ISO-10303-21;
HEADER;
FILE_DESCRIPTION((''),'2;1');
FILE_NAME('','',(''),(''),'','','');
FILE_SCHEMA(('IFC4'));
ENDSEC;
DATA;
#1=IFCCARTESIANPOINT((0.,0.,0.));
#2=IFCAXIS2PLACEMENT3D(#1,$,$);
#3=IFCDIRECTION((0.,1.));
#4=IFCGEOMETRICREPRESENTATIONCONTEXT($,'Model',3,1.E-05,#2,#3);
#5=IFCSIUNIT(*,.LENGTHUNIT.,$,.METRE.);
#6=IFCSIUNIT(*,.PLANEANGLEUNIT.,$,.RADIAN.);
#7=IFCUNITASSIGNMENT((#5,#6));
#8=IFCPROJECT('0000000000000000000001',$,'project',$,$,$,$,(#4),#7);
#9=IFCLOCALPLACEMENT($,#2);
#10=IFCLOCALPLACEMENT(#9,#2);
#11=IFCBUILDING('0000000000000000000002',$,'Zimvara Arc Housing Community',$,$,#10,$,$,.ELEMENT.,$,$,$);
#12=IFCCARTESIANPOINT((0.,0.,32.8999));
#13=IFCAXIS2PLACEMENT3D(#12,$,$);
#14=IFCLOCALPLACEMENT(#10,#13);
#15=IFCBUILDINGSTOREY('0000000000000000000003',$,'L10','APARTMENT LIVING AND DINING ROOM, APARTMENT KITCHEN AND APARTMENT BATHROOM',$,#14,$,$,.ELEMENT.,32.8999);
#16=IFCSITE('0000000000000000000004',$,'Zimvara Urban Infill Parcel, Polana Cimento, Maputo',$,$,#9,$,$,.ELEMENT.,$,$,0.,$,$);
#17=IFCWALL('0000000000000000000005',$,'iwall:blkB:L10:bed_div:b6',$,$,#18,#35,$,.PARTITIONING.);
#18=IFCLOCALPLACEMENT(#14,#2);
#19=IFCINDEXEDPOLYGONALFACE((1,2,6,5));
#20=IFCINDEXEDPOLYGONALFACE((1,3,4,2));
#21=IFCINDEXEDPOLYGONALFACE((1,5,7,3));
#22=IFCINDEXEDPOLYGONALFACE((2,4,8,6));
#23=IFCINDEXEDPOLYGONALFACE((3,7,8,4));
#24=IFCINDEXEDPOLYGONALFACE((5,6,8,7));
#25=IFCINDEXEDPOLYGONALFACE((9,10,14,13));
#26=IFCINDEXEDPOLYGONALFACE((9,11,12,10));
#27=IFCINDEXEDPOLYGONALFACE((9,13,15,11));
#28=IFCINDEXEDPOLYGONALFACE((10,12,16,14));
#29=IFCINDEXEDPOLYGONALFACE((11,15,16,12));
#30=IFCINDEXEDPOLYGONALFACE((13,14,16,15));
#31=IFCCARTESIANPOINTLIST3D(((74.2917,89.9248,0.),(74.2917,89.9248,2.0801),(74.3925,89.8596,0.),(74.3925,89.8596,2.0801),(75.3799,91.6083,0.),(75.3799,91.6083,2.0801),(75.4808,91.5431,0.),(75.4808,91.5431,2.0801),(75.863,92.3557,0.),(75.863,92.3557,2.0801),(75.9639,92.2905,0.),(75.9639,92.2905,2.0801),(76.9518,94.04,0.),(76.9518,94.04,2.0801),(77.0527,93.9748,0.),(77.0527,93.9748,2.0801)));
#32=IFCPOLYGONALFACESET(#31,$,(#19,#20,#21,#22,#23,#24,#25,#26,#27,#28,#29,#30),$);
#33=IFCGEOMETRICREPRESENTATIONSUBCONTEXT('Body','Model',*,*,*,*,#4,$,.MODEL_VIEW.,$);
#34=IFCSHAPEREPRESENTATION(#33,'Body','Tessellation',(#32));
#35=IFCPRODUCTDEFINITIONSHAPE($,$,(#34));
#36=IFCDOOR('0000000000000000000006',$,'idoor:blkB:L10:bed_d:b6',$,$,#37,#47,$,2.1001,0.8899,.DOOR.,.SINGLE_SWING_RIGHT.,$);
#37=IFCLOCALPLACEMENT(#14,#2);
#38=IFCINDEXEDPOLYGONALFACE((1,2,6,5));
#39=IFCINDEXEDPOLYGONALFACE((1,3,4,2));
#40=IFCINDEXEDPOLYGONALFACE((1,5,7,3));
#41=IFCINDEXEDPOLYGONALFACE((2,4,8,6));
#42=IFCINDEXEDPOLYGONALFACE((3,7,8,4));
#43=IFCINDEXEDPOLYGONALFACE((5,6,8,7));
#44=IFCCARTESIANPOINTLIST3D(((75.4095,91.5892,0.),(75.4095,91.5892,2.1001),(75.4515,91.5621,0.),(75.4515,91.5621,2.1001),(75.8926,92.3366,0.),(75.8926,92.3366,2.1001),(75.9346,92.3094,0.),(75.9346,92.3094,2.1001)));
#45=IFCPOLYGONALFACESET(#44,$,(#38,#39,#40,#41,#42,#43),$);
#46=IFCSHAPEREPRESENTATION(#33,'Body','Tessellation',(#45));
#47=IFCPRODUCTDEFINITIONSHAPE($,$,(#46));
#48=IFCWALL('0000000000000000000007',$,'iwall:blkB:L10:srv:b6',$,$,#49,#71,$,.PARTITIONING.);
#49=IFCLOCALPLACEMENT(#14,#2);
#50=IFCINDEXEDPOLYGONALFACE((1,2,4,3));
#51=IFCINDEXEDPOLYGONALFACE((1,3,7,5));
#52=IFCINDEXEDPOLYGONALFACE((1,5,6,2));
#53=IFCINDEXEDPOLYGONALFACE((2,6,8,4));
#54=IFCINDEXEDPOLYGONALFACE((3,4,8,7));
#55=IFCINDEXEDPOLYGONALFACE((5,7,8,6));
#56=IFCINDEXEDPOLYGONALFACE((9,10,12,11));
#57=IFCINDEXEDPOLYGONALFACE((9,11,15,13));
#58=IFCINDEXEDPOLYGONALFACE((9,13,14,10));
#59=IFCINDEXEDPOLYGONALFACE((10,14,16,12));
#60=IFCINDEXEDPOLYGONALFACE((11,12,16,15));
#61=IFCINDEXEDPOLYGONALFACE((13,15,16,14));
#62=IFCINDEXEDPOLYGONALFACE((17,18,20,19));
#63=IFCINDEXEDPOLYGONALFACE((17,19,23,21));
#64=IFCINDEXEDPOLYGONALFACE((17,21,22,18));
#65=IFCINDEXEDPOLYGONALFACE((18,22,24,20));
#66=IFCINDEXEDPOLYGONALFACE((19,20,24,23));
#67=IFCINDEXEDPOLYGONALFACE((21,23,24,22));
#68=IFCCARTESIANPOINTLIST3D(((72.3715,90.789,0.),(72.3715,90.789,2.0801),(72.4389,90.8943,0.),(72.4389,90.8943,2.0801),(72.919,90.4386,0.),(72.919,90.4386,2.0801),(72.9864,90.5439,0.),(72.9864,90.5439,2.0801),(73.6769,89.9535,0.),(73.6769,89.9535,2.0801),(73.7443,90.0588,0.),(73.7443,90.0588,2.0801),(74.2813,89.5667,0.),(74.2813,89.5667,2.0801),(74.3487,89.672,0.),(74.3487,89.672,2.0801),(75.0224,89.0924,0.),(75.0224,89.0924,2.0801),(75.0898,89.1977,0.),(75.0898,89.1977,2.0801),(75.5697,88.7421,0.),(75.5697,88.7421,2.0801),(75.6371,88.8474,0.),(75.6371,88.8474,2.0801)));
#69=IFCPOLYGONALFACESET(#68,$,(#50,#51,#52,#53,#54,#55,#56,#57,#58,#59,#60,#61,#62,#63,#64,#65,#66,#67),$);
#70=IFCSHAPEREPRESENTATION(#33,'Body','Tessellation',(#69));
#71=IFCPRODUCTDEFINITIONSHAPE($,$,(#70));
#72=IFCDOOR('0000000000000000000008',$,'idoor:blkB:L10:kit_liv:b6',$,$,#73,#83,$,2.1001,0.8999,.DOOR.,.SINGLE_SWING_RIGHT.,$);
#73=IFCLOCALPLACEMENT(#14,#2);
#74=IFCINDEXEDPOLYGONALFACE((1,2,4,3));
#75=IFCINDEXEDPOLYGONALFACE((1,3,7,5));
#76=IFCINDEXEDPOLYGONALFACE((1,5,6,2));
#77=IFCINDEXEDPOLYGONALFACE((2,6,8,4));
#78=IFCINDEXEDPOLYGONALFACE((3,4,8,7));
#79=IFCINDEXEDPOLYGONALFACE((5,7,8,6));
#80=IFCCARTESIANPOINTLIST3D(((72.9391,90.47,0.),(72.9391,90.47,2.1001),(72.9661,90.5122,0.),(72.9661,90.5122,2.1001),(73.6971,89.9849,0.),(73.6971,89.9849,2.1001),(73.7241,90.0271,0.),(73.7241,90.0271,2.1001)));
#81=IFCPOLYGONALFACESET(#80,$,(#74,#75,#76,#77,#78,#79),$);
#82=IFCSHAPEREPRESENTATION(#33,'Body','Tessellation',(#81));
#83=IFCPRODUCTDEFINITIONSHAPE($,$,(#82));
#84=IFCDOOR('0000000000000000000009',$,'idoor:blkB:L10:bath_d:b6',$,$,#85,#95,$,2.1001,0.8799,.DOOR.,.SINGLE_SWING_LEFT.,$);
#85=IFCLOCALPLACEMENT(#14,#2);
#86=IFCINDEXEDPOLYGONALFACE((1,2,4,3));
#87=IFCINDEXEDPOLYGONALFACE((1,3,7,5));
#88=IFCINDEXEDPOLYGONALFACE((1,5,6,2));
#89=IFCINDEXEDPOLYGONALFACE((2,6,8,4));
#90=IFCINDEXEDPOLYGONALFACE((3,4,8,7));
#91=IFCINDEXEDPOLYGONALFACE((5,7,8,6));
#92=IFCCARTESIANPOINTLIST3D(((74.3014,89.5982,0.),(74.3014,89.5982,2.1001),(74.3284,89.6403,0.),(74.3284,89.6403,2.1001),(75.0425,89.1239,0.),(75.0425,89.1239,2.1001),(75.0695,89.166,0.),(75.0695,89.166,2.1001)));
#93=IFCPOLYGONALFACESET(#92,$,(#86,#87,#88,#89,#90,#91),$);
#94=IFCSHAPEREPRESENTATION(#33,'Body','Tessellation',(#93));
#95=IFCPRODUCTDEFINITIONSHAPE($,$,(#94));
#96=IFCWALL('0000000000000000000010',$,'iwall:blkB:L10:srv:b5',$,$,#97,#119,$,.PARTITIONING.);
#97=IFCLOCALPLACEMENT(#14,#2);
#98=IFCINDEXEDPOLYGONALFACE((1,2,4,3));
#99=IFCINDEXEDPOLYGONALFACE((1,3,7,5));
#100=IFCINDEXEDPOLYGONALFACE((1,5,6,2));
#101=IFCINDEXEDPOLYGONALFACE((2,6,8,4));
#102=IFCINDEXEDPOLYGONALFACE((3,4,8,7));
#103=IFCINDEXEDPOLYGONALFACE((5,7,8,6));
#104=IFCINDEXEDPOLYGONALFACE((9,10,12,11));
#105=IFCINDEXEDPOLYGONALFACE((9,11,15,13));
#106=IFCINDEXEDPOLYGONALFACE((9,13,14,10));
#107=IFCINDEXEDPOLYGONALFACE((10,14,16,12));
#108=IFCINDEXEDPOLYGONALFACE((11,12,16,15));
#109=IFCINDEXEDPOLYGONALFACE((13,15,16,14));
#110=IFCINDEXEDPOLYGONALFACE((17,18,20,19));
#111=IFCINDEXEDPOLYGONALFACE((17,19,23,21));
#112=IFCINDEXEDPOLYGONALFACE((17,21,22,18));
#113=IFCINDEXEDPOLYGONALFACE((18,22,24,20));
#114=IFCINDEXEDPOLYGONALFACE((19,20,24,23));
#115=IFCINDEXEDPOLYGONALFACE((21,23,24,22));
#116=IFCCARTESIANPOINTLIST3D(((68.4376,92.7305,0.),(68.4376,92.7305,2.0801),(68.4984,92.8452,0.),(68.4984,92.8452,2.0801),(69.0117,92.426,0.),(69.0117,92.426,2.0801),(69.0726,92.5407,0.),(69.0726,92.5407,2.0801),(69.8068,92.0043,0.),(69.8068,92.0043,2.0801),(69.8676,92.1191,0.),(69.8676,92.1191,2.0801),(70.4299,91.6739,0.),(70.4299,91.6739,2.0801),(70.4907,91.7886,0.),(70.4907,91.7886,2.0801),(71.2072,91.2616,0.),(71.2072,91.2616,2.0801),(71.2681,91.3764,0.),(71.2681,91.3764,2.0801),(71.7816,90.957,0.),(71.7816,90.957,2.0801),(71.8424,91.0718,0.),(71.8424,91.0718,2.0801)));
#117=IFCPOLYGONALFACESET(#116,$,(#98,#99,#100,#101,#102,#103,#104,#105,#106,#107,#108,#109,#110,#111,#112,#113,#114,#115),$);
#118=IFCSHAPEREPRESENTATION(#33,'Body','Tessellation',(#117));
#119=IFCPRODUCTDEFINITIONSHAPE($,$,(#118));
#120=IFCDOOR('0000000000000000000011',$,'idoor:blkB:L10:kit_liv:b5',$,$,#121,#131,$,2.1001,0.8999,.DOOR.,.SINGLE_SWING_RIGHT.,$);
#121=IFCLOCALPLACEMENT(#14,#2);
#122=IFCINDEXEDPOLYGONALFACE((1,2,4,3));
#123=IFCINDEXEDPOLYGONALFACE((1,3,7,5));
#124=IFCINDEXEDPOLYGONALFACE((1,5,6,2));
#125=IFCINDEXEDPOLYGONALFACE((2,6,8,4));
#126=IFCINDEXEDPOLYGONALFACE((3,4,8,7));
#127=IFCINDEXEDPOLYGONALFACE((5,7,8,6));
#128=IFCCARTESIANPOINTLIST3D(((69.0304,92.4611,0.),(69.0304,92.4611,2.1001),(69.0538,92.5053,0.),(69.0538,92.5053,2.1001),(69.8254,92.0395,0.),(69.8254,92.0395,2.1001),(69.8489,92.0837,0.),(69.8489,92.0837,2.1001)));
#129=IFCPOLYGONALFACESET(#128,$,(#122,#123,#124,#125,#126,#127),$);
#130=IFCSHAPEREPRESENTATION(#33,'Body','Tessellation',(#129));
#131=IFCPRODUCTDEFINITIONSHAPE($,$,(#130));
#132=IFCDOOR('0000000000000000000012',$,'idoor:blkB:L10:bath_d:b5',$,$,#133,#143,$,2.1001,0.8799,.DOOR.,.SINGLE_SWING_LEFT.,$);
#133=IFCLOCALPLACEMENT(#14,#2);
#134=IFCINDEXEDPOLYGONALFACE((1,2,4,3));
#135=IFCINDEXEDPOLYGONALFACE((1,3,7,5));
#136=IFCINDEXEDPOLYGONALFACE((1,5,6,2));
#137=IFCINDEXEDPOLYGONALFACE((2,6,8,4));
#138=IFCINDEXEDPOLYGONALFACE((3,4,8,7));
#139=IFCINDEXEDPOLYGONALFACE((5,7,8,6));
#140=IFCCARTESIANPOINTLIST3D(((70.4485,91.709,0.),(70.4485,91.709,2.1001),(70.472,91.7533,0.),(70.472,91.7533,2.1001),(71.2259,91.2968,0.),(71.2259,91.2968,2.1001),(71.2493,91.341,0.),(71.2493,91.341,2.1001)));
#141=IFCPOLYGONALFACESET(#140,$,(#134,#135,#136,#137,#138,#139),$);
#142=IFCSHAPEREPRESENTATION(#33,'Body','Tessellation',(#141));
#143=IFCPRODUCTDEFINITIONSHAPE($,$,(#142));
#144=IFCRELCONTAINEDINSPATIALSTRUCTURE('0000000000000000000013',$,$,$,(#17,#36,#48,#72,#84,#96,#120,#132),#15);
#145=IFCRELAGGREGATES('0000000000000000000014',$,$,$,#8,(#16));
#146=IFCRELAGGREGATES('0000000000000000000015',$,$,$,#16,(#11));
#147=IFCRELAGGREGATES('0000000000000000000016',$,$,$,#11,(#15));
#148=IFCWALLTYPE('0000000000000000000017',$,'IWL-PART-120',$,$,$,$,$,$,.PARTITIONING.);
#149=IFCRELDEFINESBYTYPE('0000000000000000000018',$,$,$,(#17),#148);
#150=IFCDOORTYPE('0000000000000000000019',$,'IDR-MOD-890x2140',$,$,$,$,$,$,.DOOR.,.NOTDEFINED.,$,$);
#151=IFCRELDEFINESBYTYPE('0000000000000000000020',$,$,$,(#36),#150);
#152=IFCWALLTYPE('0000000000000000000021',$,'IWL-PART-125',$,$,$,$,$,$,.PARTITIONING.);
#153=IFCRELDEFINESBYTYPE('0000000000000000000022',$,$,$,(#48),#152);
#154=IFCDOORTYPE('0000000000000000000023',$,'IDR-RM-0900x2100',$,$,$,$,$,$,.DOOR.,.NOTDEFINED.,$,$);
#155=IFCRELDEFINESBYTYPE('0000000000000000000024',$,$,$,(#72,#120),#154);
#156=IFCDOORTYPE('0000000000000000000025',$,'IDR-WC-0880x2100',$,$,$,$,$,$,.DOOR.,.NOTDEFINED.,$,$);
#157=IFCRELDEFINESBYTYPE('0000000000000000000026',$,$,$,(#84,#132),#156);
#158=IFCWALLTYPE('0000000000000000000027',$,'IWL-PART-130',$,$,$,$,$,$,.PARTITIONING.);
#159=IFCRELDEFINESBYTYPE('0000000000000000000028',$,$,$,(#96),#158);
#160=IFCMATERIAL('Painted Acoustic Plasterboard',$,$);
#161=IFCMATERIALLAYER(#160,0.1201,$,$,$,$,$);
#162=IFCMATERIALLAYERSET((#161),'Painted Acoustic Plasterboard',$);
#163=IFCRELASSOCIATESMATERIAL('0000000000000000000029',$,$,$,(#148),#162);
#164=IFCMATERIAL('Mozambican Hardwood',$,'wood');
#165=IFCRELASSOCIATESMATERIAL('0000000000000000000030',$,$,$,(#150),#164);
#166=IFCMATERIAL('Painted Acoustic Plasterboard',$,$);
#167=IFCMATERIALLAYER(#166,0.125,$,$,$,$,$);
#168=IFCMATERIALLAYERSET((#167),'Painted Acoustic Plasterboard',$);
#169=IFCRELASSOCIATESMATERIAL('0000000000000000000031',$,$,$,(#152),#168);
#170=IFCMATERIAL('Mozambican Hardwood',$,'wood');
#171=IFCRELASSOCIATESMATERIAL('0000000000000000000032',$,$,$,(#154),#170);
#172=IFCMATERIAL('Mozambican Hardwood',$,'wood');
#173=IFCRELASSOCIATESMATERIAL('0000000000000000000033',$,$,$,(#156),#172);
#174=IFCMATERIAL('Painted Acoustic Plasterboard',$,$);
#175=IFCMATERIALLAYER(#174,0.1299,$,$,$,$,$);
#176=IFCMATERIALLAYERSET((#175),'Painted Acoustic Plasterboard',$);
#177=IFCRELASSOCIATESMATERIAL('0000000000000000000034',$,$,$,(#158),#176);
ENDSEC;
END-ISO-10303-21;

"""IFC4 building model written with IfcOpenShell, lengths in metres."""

from ifc_helpers import new_model, si_unit, direction, frame, frame_2d, origin, place, context, subcontext, project, spatial, rectangle, extrude, material, layer, layer_set, type_object, element, fill, save


model = new_model("IFC4")

# Units and contexts
model_context = context("Model", 3, precision=1e-05, world=origin(), true_north=direction((0.0, 1.0)))
body_context = subcontext(model_context, "Body", "Model", "MODEL_VIEW")
ifc_project = project(units=[si_unit("LENGTHUNIT", "METRE"), si_unit("PLANEANGLEUNIT", "RADIAN")], contexts=[model_context])

# Site, building, storey
site_placement = place(None, origin())
site = spatial("IfcSite", under=ifc_project, at=site_placement, Name="Zimvara Urban Infill Parcel, Polana Cimento, Maputo", CompositionType="ELEMENT", RefElevation=0.0)
building_placement = place(site_placement, origin())
building = spatial("IfcBuilding", under=site, at=building_placement, Name="Zimvara Arc Housing Community", CompositionType="ELEMENT")
storey_placement = place(building_placement, frame((0.0, 0.0, 32.8999)))
storey = spatial("IfcBuildingStorey", under=building, at=storey_placement, Name="L10", Description="APARTMENT LIVING AND DINING ROOM, APARTMENT KITCHEN AND APARTMENT BATHROOM", CompositionType="ELEMENT", Elevation=32.8999)

# Wall, opening, door
ifc_material_1 = material(Name="Painted Acoustic Plasterboard")
ifc_layer_1 = layer(ifc_material_1, 0.1201)
ifc_layer_set_1 = layer_set([ifc_layer_1], Name="Painted Acoustic Plasterboard")
wall_type_1 = type_object("IfcWallType", Name="IWL-PART-120", PredefinedType="PARTITIONING", material=ifc_layer_set_1)
wall_1_placement = place(storey_placement, frame((74.342, 89.8921, 0.0), z_axis=(0.0, 0.0, 1.0), x_axis=(0.542871, 0.839816, 0.0)))
wall_1 = element("IfcWall", 1, at=wall_1_placement, inside=storey, type_object=wall_type_1, Name="iwall:blkB:L10:bed_div:b6", PredefinedType="PARTITIONING", context=body_context, shape_type="SweptSolid", body=[
    extrude(rectangle(XDim=4.9001, YDim=0.1201, at=frame_2d((2.4502, 0.0))), origin(), (0.0, 0.0, 1.0), 2.0801),
])
opening_1_placement = place(wall_1_placement, frame((2.0049, 0.0, 0.0)))
opening_1 = element("IfcOpeningElement", 2, at=opening_1_placement, cuts=wall_1, PredefinedType="OPENING", context=body_context, shape_type="SweptSolid", body=[
    extrude(rectangle(XDim=0.8899, YDim=2.1001, at=frame_2d((0.4448, 1.05))), frame((0.0, 0.0701, 0.0), z_axis=(0.0, -1.0, 0.0), x_axis=(1.0, 0.0, 0.0)), (0.0, 0.0, 1.0), 0.1401),
])
ifc_material_2 = material(Name="Mozambican Hardwood", Category="wood")
door_type_1 = type_object("IfcDoorType", Name="IDR-MOD-890x2140", OperationType="NOTDEFINED", PredefinedType="DOOR", material=ifc_material_2)
door_1_placement = place(opening_1_placement, origin())
door_1 = element("IfcDoor", 3, at=door_1_placement, inside=storey, type_object=door_type_1, Name="idoor:blkB:L10:bed_d:b6", OperationType="SINGLE_SWING_RIGHT", OverallHeight=2.1001, OverallWidth=0.8899, PredefinedType="DOOR", context=body_context, shape_type="SweptSolid", body=[
    extrude(rectangle(XDim=0.8899, YDim=2.1001, at=frame_2d((0.4448, 1.05))), frame((0.0, 0.0249, 0.0), z_axis=(0.0, -1.0, 0.0), x_axis=(1.0, 0.0, 0.0)), (0.0, 0.0, 1.0), 0.05),
])
fill(opening_1, door_1)

# Walls, openings, doors
ifc_material_3 = material(Name="Painted Acoustic Plasterboard")
ifc_layer_2 = layer(ifc_material_3, 0.125)
ifc_layer_set_2 = layer_set([ifc_layer_2], Name="Painted Acoustic Plasterboard")
wall_type_2 = type_object("IfcWallType", Name="IWL-PART-125", PredefinedType="PARTITIONING", material=ifc_layer_set_2)
wall_2_placement = place(storey_placement, frame((72.4053, 90.8416, 0.0), z_axis=(0.0, 0.0, 1.0), x_axis=(0.842271, -0.539054, 0.0)))
wall_2 = element("IfcWall", 4, at=wall_2_placement, inside=storey, type_object=wall_type_2, Name="iwall:blkB:L10:srv:b6", PredefinedType="PARTITIONING", context=body_context, shape_type="SweptSolid", body=[
    extrude(rectangle(XDim=3.7971, YDim=0.125, at=frame_2d((1.8984, 0.0))), origin(), (0.0, 0.0, 1.0), 2.0801),
])
opening_2_placement = place(wall_2_placement, frame((0.6499, 0.0, 0.0)))
opening_2 = element("IfcOpeningElement", 5, at=opening_2_placement, cuts=wall_2, PredefinedType="OPENING", context=body_context, shape_type="SweptSolid", body=[
    extrude(rectangle(XDim=0.8999, YDim=2.1001, at=frame_2d((0.45, 1.05))), frame((0.0, 0.0725, 0.0), z_axis=(0.0, -1.0, 0.0), x_axis=(1.0, 0.0, 0.0)), (0.0, 0.0, 1.0), 0.145),
])
opening_3_placement = place(wall_2_placement, frame((2.2673, 0.0, 0.0)))
opening_3 = element("IfcOpeningElement", 6, at=opening_3_placement, cuts=wall_2, PredefinedType="OPENING", context=body_context, shape_type="SweptSolid", body=[
    extrude(rectangle(XDim=0.8799, YDim=2.1001, at=frame_2d((0.4399, 1.05))), frame((0.0, 0.0725, 0.0), z_axis=(0.0, -1.0, 0.0), x_axis=(1.0, 0.0, 0.0)), (0.0, 0.0, 1.0), 0.145),
])
ifc_material_4 = material(Name="Mozambican Hardwood", Category="wood")
door_type_2 = type_object("IfcDoorType", Name="IDR-RM-0900x2100", OperationType="NOTDEFINED", PredefinedType="DOOR", material=ifc_material_4)
door_2_placement = place(opening_2_placement, origin())
door_2 = element("IfcDoor", 7, at=door_2_placement, inside=storey, type_object=door_type_2, Name="idoor:blkB:L10:kit_liv:b6", OperationType="SINGLE_SWING_RIGHT", OverallHeight=2.1001, OverallWidth=0.8999, PredefinedType="DOOR", context=body_context, shape_type="SweptSolid", body=[
    extrude(rectangle(XDim=0.8999, YDim=2.1001, at=frame_2d((0.45, 1.05))), frame((0.0, 0.0249, 0.0), z_axis=(0.0, -1.0, 0.0), x_axis=(1.0, 0.0, 0.0)), (0.0, 0.0, 1.0), 0.05),
])
fill(opening_2, door_2)
ifc_material_5 = material(Name="Mozambican Hardwood", Category="wood")
door_type_3 = type_object("IfcDoorType", Name="IDR-WC-0880x2100", OperationType="NOTDEFINED", PredefinedType="DOOR", material=ifc_material_5)
door_3_placement = place(opening_3_placement, origin())
door_3 = element("IfcDoor", 8, at=door_3_placement, inside=storey, type_object=door_type_3, Name="idoor:blkB:L10:bath_d:b6", OperationType="SINGLE_SWING_LEFT", OverallHeight=2.1001, OverallWidth=0.8799, PredefinedType="DOOR", context=body_context, shape_type="SweptSolid", body=[
    extrude(rectangle(XDim=0.8799, YDim=2.1001, at=frame_2d((0.4399, 1.05))), frame((0.0, 0.0249, 0.0), z_axis=(0.0, -1.0, 0.0), x_axis=(1.0, 0.0, 0.0)), (0.0, 0.0, 1.0), 0.05),
])
fill(opening_3, door_3)
ifc_material_6 = material(Name="Painted Acoustic Plasterboard")
ifc_layer_3 = layer(ifc_material_6, 0.1299)
ifc_layer_set_3 = layer_set([ifc_layer_3], Name="Painted Acoustic Plasterboard")
wall_type_3 = type_object("IfcWallType", Name="IWL-PART-130", PredefinedType="PARTITIONING", material=ifc_layer_set_3)
wall_3_placement = place(storey_placement, frame((68.468, 92.7878, 0.0), z_axis=(0.0, 0.0, 1.0), x_axis=(0.88345, -0.468525, 0.0)))
wall_3 = element("IfcWall", 9, at=wall_3_placement, inside=storey, type_object=wall_type_3, Name="iwall:blkB:L10:srv:b5", PredefinedType="PARTITIONING", context=body_context, shape_type="SweptSolid", body=[
    extrude(rectangle(XDim=3.7852, YDim=0.1299, at=frame_2d((1.8926, 0.0))), origin(), (0.0, 0.0, 1.0), 2.0801),
])
opening_4_placement = place(wall_3_placement, frame((0.6499, 0.0, 0.0)))
opening_4 = element("IfcOpeningElement", 10, at=opening_4_placement, cuts=wall_3, PredefinedType="OPENING", context=body_context, shape_type="SweptSolid", body=[
    extrude(rectangle(XDim=0.8999, YDim=2.1001, at=frame_2d((0.45, 1.05))), frame((0.0, 0.075, 0.0), z_axis=(0.0, -1.0, 0.0), x_axis=(1.0, 0.0, 0.0)), (0.0, 0.0, 1.0), 0.1499),
])
opening_5_placement = place(wall_3_placement, frame((2.2551, 0.0, 0.0)))
opening_5 = element("IfcOpeningElement", 11, at=opening_5_placement, cuts=wall_3, PredefinedType="OPENING", context=body_context, shape_type="SweptSolid", body=[
    extrude(rectangle(XDim=0.8799, YDim=2.1001, at=frame_2d((0.4399, 1.05))), frame((0.0, 0.075, 0.0), z_axis=(0.0, -1.0, 0.0), x_axis=(1.0, 0.0, 0.0)), (0.0, 0.0, 1.0), 0.1499),
])
door_4_placement = place(opening_4_placement, origin())
door_4 = element("IfcDoor", 12, at=door_4_placement, inside=storey, type_object=door_type_2, Name="idoor:blkB:L10:kit_liv:b5", OperationType="SINGLE_SWING_RIGHT", OverallHeight=2.1001, OverallWidth=0.8999, PredefinedType="DOOR", context=body_context, shape_type="SweptSolid", body=[
    extrude(rectangle(XDim=0.8999, YDim=2.1001, at=frame_2d((0.45, 1.05))), frame((0.0, 0.0249, 0.0), z_axis=(0.0, -1.0, 0.0), x_axis=(1.0, 0.0, 0.0)), (0.0, 0.0, 1.0), 0.05),
])
fill(opening_4, door_4)
door_5_placement = place(opening_5_placement, origin())
door_5 = element("IfcDoor", 13, at=door_5_placement, inside=storey, type_object=door_type_3, Name="idoor:blkB:L10:bath_d:b5", OperationType="SINGLE_SWING_LEFT", OverallHeight=2.1001, OverallWidth=0.8799, PredefinedType="DOOR", context=body_context, shape_type="SweptSolid", body=[
    extrude(rectangle(XDim=0.8799, YDim=2.1001, at=frame_2d((0.4399, 1.05))), frame((0.0, 0.0249, 0.0), z_axis=(0.0, -1.0, 0.0), x_axis=(1.0, 0.0, 0.0)), (0.0, 0.0, 1.0), 0.05),
])
fill(opening_5, door_5)

save(model, "model.ifc")
